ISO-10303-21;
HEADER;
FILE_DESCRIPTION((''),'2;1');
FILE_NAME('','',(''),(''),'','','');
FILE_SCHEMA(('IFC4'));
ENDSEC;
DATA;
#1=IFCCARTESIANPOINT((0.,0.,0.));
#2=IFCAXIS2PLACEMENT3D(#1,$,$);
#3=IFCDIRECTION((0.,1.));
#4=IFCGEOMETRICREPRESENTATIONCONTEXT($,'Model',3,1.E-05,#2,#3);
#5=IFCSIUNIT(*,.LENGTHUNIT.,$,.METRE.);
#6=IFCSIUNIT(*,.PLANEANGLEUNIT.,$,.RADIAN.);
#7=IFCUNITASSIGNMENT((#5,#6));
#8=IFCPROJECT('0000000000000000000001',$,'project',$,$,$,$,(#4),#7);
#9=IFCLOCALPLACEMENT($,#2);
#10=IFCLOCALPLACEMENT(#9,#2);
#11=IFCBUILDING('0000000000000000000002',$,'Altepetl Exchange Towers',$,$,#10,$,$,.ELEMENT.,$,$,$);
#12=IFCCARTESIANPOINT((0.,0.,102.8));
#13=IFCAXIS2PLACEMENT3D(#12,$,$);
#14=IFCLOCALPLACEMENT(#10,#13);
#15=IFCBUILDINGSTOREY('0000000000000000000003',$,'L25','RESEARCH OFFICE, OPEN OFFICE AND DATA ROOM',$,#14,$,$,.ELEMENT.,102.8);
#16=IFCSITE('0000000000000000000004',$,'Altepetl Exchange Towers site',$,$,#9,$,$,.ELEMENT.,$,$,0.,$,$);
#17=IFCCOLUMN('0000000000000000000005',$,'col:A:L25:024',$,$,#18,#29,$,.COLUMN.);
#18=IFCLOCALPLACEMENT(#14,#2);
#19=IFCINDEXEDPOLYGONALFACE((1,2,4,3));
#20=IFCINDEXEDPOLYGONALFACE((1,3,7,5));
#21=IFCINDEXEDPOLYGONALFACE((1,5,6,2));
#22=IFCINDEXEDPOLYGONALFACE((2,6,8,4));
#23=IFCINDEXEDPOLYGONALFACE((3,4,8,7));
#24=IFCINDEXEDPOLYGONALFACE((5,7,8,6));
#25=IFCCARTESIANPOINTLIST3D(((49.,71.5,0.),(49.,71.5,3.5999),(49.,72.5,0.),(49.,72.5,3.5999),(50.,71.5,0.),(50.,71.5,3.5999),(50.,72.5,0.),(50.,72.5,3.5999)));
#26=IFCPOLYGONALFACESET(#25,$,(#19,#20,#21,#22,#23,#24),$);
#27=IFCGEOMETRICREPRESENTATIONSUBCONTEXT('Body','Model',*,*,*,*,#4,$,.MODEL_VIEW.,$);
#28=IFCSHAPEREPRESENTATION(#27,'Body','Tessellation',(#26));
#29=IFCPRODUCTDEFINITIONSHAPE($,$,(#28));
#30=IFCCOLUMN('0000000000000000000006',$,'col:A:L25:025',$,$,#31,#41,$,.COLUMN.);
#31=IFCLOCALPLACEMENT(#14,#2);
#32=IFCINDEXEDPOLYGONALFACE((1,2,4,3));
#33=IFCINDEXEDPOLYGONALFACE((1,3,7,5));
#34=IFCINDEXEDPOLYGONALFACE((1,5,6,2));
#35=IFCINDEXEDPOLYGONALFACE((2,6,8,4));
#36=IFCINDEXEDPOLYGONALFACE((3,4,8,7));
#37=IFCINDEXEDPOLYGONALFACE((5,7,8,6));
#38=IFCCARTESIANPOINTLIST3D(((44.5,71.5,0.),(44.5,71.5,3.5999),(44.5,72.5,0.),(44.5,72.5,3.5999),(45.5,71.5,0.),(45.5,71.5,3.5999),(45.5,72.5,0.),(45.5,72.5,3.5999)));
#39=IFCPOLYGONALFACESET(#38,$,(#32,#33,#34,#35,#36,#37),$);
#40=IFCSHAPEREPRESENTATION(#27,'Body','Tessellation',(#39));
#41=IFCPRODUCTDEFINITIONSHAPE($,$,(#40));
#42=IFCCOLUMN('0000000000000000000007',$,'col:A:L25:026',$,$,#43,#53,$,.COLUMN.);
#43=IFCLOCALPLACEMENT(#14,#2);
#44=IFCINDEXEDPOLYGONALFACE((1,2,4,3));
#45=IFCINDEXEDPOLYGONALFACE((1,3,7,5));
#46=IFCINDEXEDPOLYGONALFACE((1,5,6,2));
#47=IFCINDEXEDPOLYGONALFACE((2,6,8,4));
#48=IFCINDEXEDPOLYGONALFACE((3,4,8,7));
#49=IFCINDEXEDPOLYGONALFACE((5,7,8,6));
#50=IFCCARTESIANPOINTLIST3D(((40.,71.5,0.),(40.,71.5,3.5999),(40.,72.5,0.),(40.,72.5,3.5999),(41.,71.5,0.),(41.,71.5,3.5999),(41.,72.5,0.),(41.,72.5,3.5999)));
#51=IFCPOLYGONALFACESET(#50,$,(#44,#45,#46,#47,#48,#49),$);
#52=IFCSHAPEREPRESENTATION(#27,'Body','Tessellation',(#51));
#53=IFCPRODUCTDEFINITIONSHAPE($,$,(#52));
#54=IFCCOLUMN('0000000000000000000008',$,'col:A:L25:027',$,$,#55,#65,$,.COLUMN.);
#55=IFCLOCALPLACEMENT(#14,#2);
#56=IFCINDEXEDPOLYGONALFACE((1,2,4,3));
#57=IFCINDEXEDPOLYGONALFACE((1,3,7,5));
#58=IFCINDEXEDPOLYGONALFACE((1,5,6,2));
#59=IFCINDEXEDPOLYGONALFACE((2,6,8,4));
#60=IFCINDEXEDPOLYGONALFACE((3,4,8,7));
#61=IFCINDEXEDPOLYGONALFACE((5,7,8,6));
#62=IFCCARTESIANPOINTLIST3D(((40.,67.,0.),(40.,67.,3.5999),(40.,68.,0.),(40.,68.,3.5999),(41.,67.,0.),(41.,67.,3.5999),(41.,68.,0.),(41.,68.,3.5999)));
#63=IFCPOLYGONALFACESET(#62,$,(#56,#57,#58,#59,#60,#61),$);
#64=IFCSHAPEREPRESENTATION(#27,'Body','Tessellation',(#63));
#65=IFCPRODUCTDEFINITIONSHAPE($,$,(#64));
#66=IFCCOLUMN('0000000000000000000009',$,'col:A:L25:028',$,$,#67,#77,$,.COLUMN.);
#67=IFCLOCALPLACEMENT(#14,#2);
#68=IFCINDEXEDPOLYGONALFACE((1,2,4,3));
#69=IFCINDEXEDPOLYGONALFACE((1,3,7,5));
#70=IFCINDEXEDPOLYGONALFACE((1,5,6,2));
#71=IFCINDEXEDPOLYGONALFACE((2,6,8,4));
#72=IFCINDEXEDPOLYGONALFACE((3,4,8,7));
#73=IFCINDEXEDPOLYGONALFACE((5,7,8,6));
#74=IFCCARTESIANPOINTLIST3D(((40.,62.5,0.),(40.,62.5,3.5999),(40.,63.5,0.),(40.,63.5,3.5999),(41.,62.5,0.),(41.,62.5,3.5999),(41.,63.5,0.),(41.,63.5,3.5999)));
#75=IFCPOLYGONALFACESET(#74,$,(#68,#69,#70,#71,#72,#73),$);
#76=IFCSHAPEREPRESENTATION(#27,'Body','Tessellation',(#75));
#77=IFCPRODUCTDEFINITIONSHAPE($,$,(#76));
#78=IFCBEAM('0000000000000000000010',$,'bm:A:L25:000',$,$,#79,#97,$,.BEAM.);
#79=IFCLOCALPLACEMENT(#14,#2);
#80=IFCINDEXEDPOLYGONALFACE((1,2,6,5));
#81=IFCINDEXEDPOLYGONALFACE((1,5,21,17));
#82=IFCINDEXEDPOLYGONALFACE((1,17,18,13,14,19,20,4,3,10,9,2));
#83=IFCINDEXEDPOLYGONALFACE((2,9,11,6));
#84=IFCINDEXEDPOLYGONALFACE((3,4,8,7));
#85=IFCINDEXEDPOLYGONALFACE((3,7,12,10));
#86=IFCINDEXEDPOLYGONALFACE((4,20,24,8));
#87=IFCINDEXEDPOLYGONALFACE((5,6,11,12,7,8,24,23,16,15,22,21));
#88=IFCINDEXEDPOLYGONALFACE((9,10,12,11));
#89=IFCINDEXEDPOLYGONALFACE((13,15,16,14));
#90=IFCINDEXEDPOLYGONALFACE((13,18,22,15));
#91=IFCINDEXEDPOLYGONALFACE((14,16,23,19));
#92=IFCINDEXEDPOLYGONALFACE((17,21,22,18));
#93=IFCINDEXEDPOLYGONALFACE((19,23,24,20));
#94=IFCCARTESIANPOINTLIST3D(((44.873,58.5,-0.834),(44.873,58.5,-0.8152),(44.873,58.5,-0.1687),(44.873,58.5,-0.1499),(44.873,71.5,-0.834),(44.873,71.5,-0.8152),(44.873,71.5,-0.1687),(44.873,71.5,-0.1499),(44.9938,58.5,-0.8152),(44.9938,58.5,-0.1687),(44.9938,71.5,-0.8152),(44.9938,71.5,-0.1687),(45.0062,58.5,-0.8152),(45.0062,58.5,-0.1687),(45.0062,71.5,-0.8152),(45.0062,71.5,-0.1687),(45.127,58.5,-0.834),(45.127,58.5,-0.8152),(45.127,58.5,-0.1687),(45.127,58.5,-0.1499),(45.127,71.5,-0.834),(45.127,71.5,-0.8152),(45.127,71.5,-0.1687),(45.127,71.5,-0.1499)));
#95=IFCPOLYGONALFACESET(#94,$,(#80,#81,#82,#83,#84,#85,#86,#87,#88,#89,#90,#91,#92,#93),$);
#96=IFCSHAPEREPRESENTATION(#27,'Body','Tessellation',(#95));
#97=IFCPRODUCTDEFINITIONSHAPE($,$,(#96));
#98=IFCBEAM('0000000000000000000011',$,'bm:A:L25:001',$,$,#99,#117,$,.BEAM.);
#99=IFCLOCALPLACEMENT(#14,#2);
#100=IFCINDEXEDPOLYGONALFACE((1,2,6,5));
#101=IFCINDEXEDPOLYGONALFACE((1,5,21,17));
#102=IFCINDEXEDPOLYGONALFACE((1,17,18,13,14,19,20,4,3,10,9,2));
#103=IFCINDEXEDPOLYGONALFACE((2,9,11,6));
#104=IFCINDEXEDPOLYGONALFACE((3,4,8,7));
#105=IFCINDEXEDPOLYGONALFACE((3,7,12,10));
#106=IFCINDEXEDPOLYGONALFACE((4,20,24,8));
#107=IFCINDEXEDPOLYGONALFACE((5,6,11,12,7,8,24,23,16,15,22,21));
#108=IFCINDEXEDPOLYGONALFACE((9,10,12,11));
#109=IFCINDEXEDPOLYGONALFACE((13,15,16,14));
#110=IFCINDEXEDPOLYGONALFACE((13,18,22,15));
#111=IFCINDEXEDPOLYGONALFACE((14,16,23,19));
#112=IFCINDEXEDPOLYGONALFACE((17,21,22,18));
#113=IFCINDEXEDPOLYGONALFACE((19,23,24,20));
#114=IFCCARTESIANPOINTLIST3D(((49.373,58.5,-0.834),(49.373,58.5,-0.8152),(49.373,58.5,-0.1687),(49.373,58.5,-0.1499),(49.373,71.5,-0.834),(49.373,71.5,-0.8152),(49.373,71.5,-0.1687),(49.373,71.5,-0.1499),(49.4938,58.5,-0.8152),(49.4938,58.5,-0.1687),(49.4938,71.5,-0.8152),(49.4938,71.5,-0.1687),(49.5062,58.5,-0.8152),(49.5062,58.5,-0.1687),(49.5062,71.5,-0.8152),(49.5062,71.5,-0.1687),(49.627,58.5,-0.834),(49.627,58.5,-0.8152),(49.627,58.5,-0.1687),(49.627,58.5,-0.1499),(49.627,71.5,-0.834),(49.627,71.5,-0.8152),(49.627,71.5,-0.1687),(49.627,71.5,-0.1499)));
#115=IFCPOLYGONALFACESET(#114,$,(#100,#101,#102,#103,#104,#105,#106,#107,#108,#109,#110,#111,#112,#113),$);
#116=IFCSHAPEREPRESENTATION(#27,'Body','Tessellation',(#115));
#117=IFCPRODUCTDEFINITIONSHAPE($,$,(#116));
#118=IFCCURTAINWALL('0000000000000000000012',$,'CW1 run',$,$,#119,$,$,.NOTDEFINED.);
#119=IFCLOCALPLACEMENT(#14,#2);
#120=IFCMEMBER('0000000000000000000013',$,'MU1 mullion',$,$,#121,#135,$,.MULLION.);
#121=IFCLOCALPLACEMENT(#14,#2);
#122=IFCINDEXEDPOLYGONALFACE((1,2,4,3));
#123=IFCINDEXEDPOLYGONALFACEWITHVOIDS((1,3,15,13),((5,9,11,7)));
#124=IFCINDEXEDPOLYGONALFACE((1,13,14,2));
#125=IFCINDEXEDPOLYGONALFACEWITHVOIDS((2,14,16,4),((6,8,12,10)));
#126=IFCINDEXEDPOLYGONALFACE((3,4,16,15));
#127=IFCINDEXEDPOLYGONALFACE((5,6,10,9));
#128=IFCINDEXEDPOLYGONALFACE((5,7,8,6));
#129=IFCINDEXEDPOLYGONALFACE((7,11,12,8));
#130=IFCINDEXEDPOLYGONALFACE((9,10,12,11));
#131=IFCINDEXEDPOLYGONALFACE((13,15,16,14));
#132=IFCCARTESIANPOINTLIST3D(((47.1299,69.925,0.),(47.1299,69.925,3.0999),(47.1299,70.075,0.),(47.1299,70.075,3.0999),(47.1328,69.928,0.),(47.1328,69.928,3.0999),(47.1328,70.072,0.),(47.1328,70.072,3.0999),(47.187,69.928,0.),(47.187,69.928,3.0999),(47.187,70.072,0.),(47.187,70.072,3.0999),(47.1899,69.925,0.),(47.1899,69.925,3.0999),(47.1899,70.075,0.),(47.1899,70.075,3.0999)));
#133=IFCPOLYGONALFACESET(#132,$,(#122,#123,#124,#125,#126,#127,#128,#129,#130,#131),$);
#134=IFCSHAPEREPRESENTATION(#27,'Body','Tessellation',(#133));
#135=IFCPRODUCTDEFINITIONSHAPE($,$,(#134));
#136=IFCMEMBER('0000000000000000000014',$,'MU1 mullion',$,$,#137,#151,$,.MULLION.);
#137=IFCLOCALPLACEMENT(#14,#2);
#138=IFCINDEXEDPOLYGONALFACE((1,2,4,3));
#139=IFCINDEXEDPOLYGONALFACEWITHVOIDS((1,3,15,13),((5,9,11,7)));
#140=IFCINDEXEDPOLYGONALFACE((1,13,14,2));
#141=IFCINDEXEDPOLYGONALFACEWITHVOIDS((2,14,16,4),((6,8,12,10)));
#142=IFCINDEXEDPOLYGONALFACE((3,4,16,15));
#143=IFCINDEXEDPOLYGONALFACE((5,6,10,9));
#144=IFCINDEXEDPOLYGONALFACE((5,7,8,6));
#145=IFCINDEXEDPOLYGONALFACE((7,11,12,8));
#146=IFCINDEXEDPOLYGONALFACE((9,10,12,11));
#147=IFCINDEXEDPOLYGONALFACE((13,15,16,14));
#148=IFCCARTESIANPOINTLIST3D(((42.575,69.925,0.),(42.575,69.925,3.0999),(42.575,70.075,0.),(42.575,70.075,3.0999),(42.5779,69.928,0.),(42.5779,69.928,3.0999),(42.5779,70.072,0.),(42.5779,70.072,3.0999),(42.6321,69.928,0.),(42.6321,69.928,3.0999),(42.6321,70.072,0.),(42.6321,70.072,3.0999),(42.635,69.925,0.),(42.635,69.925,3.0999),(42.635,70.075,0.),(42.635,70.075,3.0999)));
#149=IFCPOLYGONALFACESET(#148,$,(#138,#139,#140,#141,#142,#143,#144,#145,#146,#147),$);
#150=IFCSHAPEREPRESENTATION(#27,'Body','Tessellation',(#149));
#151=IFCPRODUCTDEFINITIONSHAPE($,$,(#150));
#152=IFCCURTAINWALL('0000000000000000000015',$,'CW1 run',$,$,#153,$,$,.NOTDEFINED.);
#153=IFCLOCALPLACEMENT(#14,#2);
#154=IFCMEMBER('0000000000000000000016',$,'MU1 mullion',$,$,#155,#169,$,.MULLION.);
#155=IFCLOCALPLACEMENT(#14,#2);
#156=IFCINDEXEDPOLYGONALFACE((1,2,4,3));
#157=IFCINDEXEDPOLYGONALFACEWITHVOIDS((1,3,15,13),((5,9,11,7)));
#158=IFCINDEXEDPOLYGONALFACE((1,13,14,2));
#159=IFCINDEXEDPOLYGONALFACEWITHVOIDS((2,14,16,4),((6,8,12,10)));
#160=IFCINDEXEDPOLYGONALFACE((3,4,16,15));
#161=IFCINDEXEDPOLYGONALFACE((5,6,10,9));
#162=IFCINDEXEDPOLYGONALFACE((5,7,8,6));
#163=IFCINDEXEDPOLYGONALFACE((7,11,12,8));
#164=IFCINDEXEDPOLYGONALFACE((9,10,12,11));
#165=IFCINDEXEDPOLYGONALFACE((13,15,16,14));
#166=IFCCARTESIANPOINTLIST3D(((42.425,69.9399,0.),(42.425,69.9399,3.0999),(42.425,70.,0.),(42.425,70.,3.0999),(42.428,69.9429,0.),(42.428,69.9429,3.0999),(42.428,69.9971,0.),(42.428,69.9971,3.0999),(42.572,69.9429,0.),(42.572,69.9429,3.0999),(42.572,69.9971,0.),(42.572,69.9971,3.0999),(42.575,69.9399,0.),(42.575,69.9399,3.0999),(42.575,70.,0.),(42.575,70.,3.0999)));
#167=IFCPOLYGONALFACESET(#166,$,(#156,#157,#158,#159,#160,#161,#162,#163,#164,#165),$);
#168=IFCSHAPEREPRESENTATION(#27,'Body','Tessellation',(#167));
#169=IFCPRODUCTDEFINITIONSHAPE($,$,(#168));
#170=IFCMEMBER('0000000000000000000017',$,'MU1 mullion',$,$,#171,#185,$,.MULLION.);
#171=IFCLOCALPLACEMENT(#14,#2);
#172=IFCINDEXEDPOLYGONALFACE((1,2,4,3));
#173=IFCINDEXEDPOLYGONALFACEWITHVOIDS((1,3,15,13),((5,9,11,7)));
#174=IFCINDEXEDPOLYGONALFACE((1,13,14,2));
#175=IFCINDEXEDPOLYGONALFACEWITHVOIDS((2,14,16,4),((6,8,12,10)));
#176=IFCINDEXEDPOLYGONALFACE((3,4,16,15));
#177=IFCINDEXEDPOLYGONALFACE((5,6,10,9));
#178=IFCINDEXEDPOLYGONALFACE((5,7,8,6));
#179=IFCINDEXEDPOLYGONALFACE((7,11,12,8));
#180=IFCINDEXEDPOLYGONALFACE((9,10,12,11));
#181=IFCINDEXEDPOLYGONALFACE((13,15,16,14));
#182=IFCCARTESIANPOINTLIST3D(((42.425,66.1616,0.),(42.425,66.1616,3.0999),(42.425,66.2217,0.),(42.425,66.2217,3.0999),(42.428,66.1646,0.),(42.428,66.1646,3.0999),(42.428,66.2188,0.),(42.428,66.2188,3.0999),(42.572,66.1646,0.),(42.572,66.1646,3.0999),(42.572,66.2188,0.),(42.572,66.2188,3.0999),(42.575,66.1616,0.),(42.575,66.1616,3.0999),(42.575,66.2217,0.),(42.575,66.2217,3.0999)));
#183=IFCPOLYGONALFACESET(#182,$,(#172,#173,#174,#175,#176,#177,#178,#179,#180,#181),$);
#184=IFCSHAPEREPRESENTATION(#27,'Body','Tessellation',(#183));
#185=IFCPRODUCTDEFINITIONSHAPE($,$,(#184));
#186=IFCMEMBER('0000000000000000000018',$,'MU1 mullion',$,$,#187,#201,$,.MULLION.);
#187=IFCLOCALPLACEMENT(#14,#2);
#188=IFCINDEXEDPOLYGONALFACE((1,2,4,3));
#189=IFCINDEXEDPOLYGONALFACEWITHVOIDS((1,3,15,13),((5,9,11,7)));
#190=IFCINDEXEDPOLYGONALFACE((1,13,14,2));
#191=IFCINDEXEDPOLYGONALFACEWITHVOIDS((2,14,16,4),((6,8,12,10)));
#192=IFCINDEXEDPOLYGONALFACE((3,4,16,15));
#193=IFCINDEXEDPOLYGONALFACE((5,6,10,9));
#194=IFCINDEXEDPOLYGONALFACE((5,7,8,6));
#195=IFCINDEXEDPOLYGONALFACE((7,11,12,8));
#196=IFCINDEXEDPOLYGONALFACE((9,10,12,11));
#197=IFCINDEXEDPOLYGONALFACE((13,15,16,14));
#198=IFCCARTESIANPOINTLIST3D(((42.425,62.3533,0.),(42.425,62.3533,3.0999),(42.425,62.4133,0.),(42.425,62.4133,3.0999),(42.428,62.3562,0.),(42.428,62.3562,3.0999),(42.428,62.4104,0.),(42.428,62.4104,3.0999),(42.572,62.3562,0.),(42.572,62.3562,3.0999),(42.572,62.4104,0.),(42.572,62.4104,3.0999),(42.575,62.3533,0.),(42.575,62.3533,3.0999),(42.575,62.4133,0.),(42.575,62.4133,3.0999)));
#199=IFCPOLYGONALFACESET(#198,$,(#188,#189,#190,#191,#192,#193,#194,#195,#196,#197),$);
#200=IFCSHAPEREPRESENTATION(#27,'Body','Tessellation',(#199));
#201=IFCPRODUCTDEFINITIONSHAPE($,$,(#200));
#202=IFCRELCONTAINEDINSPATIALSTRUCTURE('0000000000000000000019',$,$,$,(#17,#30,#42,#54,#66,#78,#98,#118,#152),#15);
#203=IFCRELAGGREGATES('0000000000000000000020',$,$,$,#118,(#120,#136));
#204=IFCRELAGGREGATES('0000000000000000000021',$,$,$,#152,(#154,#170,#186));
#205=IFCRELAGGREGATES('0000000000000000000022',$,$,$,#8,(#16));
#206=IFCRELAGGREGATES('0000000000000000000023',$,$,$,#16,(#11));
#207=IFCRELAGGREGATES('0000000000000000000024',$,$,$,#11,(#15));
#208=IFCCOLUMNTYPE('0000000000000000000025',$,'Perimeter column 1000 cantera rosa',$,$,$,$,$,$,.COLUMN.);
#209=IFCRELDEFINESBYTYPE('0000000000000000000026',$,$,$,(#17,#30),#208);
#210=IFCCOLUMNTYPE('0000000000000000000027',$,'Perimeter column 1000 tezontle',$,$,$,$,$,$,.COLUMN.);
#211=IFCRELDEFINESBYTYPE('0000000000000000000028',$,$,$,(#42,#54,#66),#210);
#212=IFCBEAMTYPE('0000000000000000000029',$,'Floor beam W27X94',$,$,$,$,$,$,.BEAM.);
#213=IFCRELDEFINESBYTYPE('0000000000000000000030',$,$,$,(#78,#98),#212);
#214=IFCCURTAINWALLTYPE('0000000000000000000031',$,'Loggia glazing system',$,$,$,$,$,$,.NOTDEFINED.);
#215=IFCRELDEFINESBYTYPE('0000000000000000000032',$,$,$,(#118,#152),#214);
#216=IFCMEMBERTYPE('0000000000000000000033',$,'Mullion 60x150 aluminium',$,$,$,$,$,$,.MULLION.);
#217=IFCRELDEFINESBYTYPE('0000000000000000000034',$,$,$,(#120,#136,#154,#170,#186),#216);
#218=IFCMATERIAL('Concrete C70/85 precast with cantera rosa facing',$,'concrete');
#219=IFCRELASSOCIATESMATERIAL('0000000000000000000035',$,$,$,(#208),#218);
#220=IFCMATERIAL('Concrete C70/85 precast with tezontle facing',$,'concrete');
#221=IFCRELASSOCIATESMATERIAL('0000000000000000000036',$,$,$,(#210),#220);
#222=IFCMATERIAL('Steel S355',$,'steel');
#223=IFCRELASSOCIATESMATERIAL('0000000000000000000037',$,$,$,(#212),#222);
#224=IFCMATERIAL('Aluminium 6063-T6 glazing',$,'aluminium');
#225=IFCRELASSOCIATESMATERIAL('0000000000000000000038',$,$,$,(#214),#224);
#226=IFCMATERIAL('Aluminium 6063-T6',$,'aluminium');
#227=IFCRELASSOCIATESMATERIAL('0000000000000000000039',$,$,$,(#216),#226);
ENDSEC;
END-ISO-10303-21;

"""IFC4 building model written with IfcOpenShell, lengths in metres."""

from ifc_helpers import new_model, si_unit, direction, frame, origin, origin_2d, place, context, subcontext, project, spatial, rectangle, hollow_rectangle, i_section, extrude, material, material_profile, profile_set, type_object, element, aggregate, save


model = new_model("IFC4")

# Units and contexts
model_context = context("Model", 3, precision=1e-05, world=origin(), true_north=direction((0.0, 1.0)))
body_context = subcontext(model_context, "Body", "Model", "MODEL_VIEW")
ifc_project = project(units=[si_unit("LENGTHUNIT", "METRE"), si_unit("PLANEANGLEUNIT", "RADIAN")], contexts=[model_context])

# Site, building, storey
site_placement = place(None, origin())
site = spatial("IfcSite", under=ifc_project, at=site_placement, Name="Altepetl Exchange Towers site", CompositionType="ELEMENT", RefElevation=0.0)
building_placement = place(site_placement, origin())
building = spatial("IfcBuilding", under=site, at=building_placement, Name="Altepetl Exchange Towers", CompositionType="ELEMENT")
storey_placement = place(building_placement, frame((0.0, 0.0, 102.8)))
storey = spatial("IfcBuildingStorey", under=building, at=storey_placement, Name="L25", Description="RESEARCH OFFICE, OPEN OFFICE AND DATA ROOM", CompositionType="ELEMENT", Elevation=102.8)

# Columns
ifc_material_1 = material(Name="Concrete C70/85 precast with cantera rosa facing", Category="concrete")
ifc_material_profile_1 = material_profile(ifc_material_1, rectangle(XDim=1.0, YDim=1.0, at=origin_2d()), Name="1000 x 1000")
ifc_profile_set_1 = profile_set([ifc_material_profile_1], Name="Concrete C70/85 precast with cantera rosa facing")
column_type_1 = type_object("IfcColumnType", Name="Perimeter column 1000 cantera rosa", PredefinedType="COLUMN", material=ifc_profile_set_1)
for number, where, name in (
    (1, (49.5, 72.0, 0.0), "col:A:L25:024"),
    (2, (45.0, 72.0, 0.0), "col:A:L25:025"),
):
    element("IfcColumn", number, at=place(storey_placement, frame(where)), inside=storey, type_object=column_type_1, Name=name, PredefinedType="COLUMN", context=body_context, shape_type="SweptSolid", body=[
        extrude(rectangle(XDim=1.0, YDim=1.0, at=origin_2d()), origin(), (0.0, 0.0, 1.0), 3.5999),
    ])
ifc_material_2 = material(Name="Concrete C70/85 precast with tezontle facing", Category="concrete")
ifc_material_profile_2 = material_profile(ifc_material_2, rectangle(XDim=1.0, YDim=1.0, at=origin_2d()), Name="1000 x 1000")
ifc_profile_set_2 = profile_set([ifc_material_profile_2], Name="Concrete C70/85 precast with tezontle facing")
column_type_2 = type_object("IfcColumnType", Name="Perimeter column 1000 tezontle", PredefinedType="COLUMN", material=ifc_profile_set_2)
for number, where, name in (
    (3, (40.5, 72.0, 0.0), "col:A:L25:026"),
    (4, (40.5, 67.5, 0.0), "col:A:L25:027"),
    (5, (40.5, 63.0, 0.0), "col:A:L25:028"),
):
    element("IfcColumn", number, at=place(storey_placement, frame(where)), inside=storey, type_object=column_type_2, Name=name, PredefinedType="COLUMN", context=body_context, shape_type="SweptSolid", body=[
        extrude(rectangle(XDim=1.0, YDim=1.0, at=origin_2d()), origin(), (0.0, 0.0, 1.0), 3.5999),
    ])

# Beams
ifc_material_3 = material(Name="Steel S355", Category="steel")
ifc_material_profile_3 = material_profile(ifc_material_3, i_section(OverallWidth=0.2539, OverallDepth=0.6841, WebThickness=0.0125, FlangeThickness=0.0188, at=origin_2d()), Name="W27X94")
ifc_profile_set_3 = profile_set([ifc_material_profile_3], Name="Steel S355")
beam_type_1 = type_object("IfcBeamType", Name="Floor beam W27X94", PredefinedType="BEAM", material=ifc_profile_set_3)
for number, where, z_axis, x_axis, name in (
    (6, (45.0, 58.5, -0.4919), (0.0, 1.0, 0.0), (-1.0, 0.0, 0.0), "bm:A:L25:000"),
    (7, (49.5, 58.5, -0.4919), (0.0, 1.0, 0.0), (-1.0, 0.0, 0.0), "bm:A:L25:001"),
):
    element("IfcBeam", number, at=place(storey_placement, frame(where, z_axis=z_axis, x_axis=x_axis)), inside=storey, type_object=beam_type_1, Name=name, PredefinedType="BEAM", context=body_context, shape_type="SweptSolid", body=[
        extrude(i_section(OverallWidth=0.2539, OverallDepth=0.6841, WebThickness=0.0125, FlangeThickness=0.0188, at=origin_2d()), origin(), (0.0, 0.0, 1.0), 13.0),
    ])

# Curtain walls, members
ifc_material_4 = material(Name="Aluminium 6063-T6 glazing", Category="aluminium")
curtain_wall_type = type_object("IfcCurtainWallType", Name="Loggia glazing system", PredefinedType="NOTDEFINED", material=ifc_material_4)
curtain_wall_1_placement = place(storey_placement, origin())
curtain_wall_1 = element("IfcCurtainWall", 8, at=curtain_wall_1_placement, inside=storey, type_object=curtain_wall_type, Name="CW1 run", PredefinedType="NOTDEFINED")
ifc_material_5 = material(Name="Aluminium 6063-T6", Category="aluminium")
ifc_material_profile_4 = material_profile(ifc_material_5, hollow_rectangle(XDim=0.0601, YDim=0.1499, WallThickness=0.0029, at=origin_2d()), Name="Mullion 60x150 aluminium")
ifc_profile_set_4 = profile_set([ifc_material_profile_4], Name="Aluminium 6063-T6")
member_type = type_object("IfcMemberType", Name="Mullion 60x150 aluminium", PredefinedType="MULLION", material=ifc_profile_set_4)
member_1_placement = place(storey_placement, frame((47.1599, 70.0, 0.0), z_axis=(0.0, 0.0, 1.0), x_axis=(-1.0, 0.0, 0.0)))
member_1 = element("IfcMember", 9, at=member_1_placement, type_object=member_type, Name="MU1 mullion", PredefinedType="MULLION", context=body_context, shape_type="SweptSolid", body=[
    extrude(hollow_rectangle(XDim=0.0601, YDim=0.1499, WallThickness=0.0029, at=origin_2d()), origin(), (0.0, 0.0, 1.0), 3.0999),
])
member_2_placement = place(storey_placement, frame((42.605, 70.0, 0.0), z_axis=(0.0, 0.0, 1.0), x_axis=(-1.0, 0.0, 0.0)))
member_2 = element("IfcMember", 10, at=member_2_placement, type_object=member_type, Name="MU1 mullion", PredefinedType="MULLION", context=body_context, shape_type="SweptSolid", body=[
    extrude(hollow_rectangle(XDim=0.0601, YDim=0.1499, WallThickness=0.0029, at=origin_2d()), origin(), (0.0, 0.0, 1.0), 3.0999),
])
curtain_wall_2_placement = place(storey_placement, origin())
curtain_wall_2 = element("IfcCurtainWall", 11, at=curtain_wall_2_placement, inside=storey, type_object=curtain_wall_type, Name="CW1 run", PredefinedType="NOTDEFINED")
member_3_placement = place(storey_placement, frame((42.5, 69.97, 0.0), z_axis=(0.0, 0.0, 1.0), x_axis=(0.0, -1.0, 0.0)))
member_3 = element("IfcMember", 12, at=member_3_placement, type_object=member_type, Name="MU1 mullion", PredefinedType="MULLION", context=body_context, shape_type="SweptSolid", body=[
    extrude(hollow_rectangle(XDim=0.0601, YDim=0.1499, WallThickness=0.0029, at=origin_2d()), origin(), (0.0, 0.0, 1.0), 3.0999),
])
member_4_placement = place(storey_placement, frame((42.5, 66.1917, 0.0), z_axis=(0.0, 0.0, 1.0), x_axis=(0.0, -1.0, 0.0)))
member_4 = element("IfcMember", 13, at=member_4_placement, type_object=member_type, Name="MU1 mullion", PredefinedType="MULLION", context=body_context, shape_type="SweptSolid", body=[
    extrude(hollow_rectangle(XDim=0.0601, YDim=0.1499, WallThickness=0.0029, at=origin_2d()), origin(), (0.0, 0.0, 1.0), 3.0999),
])
member_5_placement = place(storey_placement, frame((42.5, 62.3833, 0.0), z_axis=(0.0, 0.0, 1.0), x_axis=(0.0, -1.0, 0.0)))
member_5 = element("IfcMember", 14, at=member_5_placement, type_object=member_type, Name="MU1 mullion", PredefinedType="MULLION", context=body_context, shape_type="SweptSolid", body=[
    extrude(hollow_rectangle(XDim=0.0601, YDim=0.1499, WallThickness=0.0029, at=origin_2d()), origin(), (0.0, 0.0, 1.0), 3.0999),
])

aggregate(curtain_wall_1, [member_1, member_2])
aggregate(curtain_wall_2, [member_3, member_4, member_5])

save(model, "model.ifc")
